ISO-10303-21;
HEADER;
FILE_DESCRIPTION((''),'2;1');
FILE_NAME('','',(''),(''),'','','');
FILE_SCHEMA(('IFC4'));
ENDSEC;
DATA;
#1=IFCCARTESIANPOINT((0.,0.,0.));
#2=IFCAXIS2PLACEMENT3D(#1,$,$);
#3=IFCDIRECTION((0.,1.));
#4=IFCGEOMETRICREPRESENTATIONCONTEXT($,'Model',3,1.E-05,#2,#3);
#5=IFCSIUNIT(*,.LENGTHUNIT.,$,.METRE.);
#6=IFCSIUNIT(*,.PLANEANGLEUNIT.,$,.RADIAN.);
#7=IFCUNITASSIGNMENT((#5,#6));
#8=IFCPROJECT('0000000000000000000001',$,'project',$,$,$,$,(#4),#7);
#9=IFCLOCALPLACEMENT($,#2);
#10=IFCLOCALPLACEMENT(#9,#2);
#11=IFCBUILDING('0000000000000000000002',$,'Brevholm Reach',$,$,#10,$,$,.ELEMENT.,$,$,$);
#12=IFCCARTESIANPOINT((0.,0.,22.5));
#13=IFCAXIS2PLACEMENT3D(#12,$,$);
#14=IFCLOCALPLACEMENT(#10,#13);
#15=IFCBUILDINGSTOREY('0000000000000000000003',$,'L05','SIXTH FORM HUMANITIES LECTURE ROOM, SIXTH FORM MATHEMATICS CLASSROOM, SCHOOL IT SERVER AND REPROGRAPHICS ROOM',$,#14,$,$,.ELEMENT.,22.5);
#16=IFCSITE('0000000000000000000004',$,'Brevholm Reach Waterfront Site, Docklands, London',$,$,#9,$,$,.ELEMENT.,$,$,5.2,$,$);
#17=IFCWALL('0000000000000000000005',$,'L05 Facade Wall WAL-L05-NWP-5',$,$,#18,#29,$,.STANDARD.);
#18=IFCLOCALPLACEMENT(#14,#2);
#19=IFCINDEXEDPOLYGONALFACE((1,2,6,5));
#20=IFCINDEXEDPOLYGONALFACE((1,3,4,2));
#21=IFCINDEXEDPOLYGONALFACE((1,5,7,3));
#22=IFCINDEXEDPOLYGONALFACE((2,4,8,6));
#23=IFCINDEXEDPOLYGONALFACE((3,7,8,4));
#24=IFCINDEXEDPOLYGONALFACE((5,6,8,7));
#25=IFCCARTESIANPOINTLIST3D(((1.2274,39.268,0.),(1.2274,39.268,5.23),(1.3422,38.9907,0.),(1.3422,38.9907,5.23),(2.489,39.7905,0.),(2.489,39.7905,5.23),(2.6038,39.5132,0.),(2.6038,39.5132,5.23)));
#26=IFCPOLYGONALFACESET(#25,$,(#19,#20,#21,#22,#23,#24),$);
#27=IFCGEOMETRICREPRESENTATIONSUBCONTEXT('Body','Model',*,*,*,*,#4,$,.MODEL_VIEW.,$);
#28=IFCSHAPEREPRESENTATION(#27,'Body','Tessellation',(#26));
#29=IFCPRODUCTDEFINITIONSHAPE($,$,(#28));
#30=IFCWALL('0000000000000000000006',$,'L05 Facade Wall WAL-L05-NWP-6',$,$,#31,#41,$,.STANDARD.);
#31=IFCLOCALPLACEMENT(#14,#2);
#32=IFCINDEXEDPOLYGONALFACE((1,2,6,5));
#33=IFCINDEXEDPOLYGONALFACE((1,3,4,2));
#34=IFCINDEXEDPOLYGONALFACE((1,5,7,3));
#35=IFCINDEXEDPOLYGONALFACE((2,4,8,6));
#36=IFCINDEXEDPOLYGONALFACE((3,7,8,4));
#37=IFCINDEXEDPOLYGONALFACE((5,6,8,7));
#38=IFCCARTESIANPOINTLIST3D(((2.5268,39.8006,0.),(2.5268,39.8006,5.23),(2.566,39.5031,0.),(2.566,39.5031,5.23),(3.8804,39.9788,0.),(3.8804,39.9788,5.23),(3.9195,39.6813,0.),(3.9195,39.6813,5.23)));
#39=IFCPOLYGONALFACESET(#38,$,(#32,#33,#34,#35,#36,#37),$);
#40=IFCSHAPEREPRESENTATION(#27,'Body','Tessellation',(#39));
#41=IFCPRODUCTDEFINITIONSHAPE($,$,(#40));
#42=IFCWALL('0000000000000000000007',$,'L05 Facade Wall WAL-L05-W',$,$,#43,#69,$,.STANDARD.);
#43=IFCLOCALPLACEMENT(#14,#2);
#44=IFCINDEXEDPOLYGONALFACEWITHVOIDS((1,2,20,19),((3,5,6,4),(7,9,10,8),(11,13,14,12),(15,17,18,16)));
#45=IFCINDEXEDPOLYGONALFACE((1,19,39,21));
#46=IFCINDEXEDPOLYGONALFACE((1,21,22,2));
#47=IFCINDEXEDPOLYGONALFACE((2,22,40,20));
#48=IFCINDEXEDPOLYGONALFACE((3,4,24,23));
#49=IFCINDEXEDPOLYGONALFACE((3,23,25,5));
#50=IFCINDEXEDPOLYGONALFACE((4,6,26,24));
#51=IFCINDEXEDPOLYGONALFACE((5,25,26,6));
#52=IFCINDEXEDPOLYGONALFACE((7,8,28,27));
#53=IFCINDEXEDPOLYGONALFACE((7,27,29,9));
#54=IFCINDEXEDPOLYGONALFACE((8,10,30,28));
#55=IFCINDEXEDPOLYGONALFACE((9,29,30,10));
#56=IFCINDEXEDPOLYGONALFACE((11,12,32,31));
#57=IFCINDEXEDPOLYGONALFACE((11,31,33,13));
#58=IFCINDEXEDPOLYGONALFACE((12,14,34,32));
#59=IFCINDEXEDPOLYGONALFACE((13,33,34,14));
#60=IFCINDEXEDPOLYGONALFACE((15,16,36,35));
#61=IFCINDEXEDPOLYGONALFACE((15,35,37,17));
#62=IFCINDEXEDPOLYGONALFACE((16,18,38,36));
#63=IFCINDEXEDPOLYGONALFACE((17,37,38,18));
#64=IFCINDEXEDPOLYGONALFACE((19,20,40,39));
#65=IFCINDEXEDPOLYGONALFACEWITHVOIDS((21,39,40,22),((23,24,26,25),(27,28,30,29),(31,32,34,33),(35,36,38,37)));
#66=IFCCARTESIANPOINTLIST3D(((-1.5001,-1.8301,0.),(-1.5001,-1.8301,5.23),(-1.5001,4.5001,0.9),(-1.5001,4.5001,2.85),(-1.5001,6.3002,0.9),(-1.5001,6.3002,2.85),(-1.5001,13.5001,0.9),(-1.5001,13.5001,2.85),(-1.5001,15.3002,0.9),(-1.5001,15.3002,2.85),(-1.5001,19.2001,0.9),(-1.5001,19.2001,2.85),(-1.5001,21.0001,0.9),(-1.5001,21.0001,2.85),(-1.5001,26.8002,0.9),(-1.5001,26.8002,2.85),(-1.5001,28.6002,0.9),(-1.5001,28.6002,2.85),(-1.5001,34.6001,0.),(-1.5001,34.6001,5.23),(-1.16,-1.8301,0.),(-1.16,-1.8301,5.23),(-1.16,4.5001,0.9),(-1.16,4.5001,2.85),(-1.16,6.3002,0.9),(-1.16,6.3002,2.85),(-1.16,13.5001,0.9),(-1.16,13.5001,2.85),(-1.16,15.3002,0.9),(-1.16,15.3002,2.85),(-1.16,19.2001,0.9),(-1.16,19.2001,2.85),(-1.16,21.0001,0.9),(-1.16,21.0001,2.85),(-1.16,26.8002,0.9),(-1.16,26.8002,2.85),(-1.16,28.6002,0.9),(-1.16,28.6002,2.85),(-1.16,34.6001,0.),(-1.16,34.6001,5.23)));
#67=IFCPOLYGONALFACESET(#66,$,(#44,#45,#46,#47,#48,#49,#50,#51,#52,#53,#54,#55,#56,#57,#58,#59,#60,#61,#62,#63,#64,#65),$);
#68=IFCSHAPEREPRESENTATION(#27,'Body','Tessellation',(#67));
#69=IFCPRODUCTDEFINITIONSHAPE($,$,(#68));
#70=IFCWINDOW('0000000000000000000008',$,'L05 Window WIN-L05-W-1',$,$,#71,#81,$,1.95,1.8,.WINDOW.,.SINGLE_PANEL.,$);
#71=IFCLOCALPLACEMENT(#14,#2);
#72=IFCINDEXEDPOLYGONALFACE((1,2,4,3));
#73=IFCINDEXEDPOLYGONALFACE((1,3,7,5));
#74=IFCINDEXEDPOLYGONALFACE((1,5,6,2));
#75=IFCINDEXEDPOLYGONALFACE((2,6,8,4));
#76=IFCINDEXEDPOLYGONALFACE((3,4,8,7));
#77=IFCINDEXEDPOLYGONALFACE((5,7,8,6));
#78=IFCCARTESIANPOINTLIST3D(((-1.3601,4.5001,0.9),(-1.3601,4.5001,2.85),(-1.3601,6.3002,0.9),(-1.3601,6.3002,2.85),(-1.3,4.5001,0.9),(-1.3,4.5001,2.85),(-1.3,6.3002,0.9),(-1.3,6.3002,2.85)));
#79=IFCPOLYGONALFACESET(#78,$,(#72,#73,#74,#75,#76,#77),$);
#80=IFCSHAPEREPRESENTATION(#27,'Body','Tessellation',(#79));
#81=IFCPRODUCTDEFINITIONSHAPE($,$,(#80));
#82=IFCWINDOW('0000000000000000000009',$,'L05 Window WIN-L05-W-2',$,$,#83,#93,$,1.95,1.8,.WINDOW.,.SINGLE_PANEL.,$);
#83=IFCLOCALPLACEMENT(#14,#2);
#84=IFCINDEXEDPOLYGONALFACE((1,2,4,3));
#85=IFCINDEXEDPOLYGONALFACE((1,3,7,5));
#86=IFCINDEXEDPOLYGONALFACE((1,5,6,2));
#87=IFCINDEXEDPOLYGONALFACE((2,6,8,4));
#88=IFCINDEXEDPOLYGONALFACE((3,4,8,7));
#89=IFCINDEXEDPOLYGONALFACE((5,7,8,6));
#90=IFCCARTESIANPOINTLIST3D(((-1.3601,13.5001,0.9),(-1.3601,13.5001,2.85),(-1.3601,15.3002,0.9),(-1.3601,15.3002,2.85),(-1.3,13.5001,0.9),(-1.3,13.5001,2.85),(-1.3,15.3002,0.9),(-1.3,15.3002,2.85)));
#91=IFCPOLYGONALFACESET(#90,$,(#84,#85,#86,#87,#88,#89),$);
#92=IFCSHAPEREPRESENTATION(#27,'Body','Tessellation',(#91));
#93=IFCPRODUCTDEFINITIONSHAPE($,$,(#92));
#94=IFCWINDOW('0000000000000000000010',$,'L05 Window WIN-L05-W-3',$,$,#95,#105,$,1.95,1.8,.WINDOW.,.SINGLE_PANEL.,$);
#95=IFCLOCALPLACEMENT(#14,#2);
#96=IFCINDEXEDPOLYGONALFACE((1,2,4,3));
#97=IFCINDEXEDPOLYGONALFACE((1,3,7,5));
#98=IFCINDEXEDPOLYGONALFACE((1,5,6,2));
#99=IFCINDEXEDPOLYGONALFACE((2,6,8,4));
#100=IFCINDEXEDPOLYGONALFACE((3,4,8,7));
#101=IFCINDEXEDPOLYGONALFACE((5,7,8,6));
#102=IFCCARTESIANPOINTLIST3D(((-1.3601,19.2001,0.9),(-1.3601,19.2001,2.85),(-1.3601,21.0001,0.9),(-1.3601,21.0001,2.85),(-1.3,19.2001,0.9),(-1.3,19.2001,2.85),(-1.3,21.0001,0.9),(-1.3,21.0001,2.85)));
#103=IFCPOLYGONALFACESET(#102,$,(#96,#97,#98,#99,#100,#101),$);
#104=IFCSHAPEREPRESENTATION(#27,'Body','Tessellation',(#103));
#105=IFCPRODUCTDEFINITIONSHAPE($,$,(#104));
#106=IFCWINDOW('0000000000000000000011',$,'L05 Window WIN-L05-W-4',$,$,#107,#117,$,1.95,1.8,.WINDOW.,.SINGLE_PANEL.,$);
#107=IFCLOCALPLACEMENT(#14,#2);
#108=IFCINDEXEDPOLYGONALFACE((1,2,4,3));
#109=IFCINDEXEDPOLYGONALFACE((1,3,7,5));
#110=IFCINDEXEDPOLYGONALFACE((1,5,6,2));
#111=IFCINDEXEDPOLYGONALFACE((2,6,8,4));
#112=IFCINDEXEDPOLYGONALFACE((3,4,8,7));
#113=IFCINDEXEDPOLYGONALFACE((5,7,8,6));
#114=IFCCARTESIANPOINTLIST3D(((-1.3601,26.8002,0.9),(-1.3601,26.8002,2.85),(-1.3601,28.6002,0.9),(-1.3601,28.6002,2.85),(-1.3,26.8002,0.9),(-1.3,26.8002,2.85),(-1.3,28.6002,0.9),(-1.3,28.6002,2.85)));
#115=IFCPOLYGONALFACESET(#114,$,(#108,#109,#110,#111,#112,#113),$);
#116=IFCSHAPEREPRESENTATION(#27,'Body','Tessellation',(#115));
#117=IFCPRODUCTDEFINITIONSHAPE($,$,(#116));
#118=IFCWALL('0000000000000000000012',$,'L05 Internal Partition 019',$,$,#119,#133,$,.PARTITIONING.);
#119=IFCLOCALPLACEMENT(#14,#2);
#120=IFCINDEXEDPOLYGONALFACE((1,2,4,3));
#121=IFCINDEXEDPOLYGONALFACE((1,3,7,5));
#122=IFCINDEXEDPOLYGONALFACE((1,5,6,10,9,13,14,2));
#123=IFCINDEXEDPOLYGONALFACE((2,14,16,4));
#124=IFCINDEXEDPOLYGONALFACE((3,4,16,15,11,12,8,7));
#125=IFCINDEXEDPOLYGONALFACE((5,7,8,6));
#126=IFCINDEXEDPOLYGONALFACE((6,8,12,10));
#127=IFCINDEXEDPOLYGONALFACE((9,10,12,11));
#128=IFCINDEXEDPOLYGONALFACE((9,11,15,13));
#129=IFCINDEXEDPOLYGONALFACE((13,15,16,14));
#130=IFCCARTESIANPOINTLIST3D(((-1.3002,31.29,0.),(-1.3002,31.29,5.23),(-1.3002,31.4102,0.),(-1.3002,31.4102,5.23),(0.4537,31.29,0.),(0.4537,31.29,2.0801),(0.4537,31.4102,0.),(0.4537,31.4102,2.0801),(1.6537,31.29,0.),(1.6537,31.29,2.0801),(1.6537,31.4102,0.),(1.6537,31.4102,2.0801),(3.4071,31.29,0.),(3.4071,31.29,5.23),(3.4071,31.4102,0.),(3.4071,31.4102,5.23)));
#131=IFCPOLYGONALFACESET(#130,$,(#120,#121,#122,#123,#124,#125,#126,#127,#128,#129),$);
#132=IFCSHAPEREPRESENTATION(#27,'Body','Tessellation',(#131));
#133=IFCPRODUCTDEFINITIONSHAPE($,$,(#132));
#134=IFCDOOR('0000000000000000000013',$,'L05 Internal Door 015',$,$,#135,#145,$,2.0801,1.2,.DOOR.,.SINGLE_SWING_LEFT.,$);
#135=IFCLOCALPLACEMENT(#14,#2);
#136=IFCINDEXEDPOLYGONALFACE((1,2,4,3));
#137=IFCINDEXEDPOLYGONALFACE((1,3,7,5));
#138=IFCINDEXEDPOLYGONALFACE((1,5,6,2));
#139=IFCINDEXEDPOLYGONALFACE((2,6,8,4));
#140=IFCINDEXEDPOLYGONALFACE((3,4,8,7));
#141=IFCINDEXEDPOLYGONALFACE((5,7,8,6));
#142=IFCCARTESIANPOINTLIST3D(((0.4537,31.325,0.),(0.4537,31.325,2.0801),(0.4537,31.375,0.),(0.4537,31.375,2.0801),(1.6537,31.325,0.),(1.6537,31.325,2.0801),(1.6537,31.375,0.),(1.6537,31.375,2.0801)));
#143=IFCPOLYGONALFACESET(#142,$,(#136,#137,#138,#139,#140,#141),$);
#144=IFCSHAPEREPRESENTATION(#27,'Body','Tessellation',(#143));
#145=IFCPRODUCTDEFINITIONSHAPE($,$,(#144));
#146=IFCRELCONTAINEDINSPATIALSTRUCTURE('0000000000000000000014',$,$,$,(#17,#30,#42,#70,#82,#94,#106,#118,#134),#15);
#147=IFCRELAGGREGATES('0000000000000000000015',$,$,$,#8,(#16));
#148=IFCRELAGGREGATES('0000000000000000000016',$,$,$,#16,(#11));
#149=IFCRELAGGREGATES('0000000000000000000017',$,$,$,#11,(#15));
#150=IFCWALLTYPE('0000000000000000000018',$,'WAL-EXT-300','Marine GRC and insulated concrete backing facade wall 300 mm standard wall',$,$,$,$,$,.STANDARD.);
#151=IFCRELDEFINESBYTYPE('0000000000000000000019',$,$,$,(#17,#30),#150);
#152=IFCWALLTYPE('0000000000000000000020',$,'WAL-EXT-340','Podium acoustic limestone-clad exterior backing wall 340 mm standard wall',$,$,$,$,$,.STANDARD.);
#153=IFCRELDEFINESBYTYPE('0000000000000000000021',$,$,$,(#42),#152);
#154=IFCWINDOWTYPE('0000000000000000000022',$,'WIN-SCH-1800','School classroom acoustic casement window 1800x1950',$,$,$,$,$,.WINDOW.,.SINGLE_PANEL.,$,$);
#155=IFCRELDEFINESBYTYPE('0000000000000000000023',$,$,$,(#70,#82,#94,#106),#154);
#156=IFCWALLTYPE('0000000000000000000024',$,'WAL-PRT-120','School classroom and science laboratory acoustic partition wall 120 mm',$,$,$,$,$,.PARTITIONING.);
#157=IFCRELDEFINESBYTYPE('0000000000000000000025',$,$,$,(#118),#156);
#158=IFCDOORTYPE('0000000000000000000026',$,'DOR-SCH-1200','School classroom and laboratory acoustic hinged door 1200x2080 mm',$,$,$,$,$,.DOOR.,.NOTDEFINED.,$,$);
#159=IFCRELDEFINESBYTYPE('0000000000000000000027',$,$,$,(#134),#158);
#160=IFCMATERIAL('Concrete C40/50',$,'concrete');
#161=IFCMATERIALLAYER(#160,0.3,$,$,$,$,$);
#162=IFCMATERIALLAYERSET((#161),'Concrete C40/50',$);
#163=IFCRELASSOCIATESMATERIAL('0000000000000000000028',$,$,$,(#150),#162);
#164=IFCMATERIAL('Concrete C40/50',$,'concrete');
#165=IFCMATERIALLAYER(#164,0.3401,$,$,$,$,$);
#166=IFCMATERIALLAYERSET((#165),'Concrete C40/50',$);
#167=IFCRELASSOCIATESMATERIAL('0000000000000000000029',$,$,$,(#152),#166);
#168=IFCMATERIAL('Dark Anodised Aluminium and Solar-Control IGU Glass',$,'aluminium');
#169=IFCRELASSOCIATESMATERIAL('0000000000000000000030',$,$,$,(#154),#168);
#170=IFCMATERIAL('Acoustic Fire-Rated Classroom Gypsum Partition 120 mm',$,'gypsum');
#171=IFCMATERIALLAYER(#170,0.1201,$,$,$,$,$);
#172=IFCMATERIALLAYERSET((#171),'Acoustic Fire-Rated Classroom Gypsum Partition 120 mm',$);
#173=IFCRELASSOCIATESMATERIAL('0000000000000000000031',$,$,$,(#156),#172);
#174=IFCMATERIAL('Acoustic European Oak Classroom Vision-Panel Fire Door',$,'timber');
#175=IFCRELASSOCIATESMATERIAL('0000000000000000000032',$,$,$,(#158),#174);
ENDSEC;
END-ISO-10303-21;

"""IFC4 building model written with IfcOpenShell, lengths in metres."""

from ifc_helpers import new_model, si_unit, direction, frame, frame_2d, origin, place, context, subcontext, project, spatial, rectangle, extrude, material, layer, layer_set, type_object, element, fill, save


model = new_model("IFC4")

# Units and contexts
model_context = context("Model", 3, precision=1e-05, world=origin(), true_north=direction((0.0, 1.0)))
body_context = subcontext(model_context, "Body", "Model", "MODEL_VIEW")
ifc_project = project(units=[si_unit("LENGTHUNIT", "METRE"), si_unit("PLANEANGLEUNIT", "RADIAN")], contexts=[model_context])

# Site, building, storey
site_placement = place(None, origin())
site = spatial("IfcSite", under=ifc_project, at=site_placement, Name="Brevholm Reach Waterfront Site, Docklands, London", CompositionType="ELEMENT", RefElevation=5.2)
building_placement = place(site_placement, origin())
building = spatial("IfcBuilding", under=site, at=building_placement, Name="Brevholm Reach", CompositionType="ELEMENT")
storey_placement = place(building_placement, frame((0.0, 0.0, 22.5)))
storey = spatial("IfcBuildingStorey", under=building, at=storey_placement, Name="L05", Description="SIXTH FORM HUMANITIES LECTURE ROOM, SIXTH FORM MATHEMATICS CLASSROOM, SCHOOL IT SERVER AND REPROGRAPHICS ROOM", CompositionType="ELEMENT", Elevation=22.5)

# Walls
ifc_material_1 = material(Name="Concrete C40/50", Category="concrete")
ifc_layer_1 = layer(ifc_material_1, 0.3)
ifc_layer_set_1 = layer_set([ifc_layer_1], Name="Concrete C40/50")
wall_type_1 = type_object("IfcWallType", Name="WAL-EXT-300", Description="Marine GRC and insulated concrete backing facade wall 300 mm standard wall", PredefinedType="STANDARD", material=ifc_layer_set_1)
wall_1_placement = place(storey_placement, frame((1.2849, 39.1294, 0.0), z_axis=(0.0, 0.0, 1.0), x_axis=(0.923895, 0.382647, 0.0)))
element("IfcWall", 1, at=wall_1_placement, inside=storey, type_object=wall_type_1, Name="L05 Facade Wall WAL-L05-NWP-5", PredefinedType="STANDARD", context=body_context, shape_type="SweptSolid", body=[
    extrude(rectangle(XDim=1.3655, YDim=0.3, at=frame_2d((0.6826, 0.0))), origin(), (0.0, 0.0, 1.0), 5.23),
])
wall_2_placement = place(storey_placement, frame((2.5464, 39.6519, 0.0), z_axis=(0.0, 0.0, 1.0), x_axis=(0.991442, 0.130547, 0.0)))
element("IfcWall", 2, at=wall_2_placement, inside=storey, type_object=wall_type_1, Name="L05 Facade Wall WAL-L05-NWP-6", PredefinedType="STANDARD", context=body_context, shape_type="SweptSolid", body=[
    extrude(rectangle(XDim=1.3652, YDim=0.3, at=frame_2d((0.6826, 0.0))), origin(), (0.0, 0.0, 1.0), 5.23),
])

# Wall, openings, windows
ifc_material_2 = material(Name="Concrete C40/50", Category="concrete")
ifc_layer_2 = layer(ifc_material_2, 0.3401)
ifc_layer_set_2 = layer_set([ifc_layer_2], Name="Concrete C40/50")
wall_type_2 = type_object("IfcWallType", Name="WAL-EXT-340", Description="Podium acoustic limestone-clad exterior backing wall 340 mm standard wall", PredefinedType="STANDARD", material=ifc_layer_set_2)
wall_3_placement = place(storey_placement, frame((-1.3301, 34.6001, 0.0), z_axis=(0.0, 0.0, 1.0), x_axis=(0.0, -1.0, 0.0)))
wall_3 = element("IfcWall", 3, at=wall_3_placement, inside=storey, type_object=wall_type_2, Name="L05 Facade Wall WAL-L05-W", PredefinedType="STANDARD", context=body_context, shape_type="SweptSolid", body=[
    extrude(rectangle(XDim=36.4302, YDim=0.3401, at=frame_2d((18.2151, 0.0))), origin(), (0.0, 0.0, 1.0), 5.23),
])
opening_1_placement = place(wall_3_placement, frame((28.3, 0.0, 0.8999)))
opening_1 = element("IfcOpeningElement", 4, at=opening_1_placement, cuts=wall_3, PredefinedType="OPENING", context=body_context, shape_type="SweptSolid", body=[
    extrude(rectangle(XDim=1.8, YDim=1.95, at=frame_2d((0.8999, 0.9751))), frame((0.0, 0.1799, 0.0), z_axis=(0.0, -1.0, 0.0), x_axis=(1.0, 0.0, 0.0)), (0.0, 0.0, 1.0), 0.3601),
])
opening_2_placement = place(wall_3_placement, frame((19.3, 0.0, 0.8999)))
opening_2 = element("IfcOpeningElement", 5, at=opening_2_placement, cuts=wall_3, PredefinedType="OPENING", context=body_context, shape_type="SweptSolid", body=[
    extrude(rectangle(XDim=1.8, YDim=1.95, at=frame_2d((0.8999, 0.9751))), frame((0.0, 0.1799, 0.0), z_axis=(0.0, -1.0, 0.0), x_axis=(1.0, 0.0, 0.0)), (0.0, 0.0, 1.0), 0.3601),
])
opening_3_placement = place(wall_3_placement, frame((13.6001, 0.0, 0.8999)))
opening_3 = element("IfcOpeningElement", 6, at=opening_3_placement, cuts=wall_3, PredefinedType="OPENING", context=body_context, shape_type="SweptSolid", body=[
    extrude(rectangle(XDim=1.8, YDim=1.95, at=frame_2d((0.8999, 0.9751))), frame((0.0, 0.1799, 0.0), z_axis=(0.0, -1.0, 0.0), x_axis=(1.0, 0.0, 0.0)), (0.0, 0.0, 1.0), 0.3601),
])
opening_4_placement = place(wall_3_placement, frame((6.0, 0.0, 0.8999)))
opening_4 = element("IfcOpeningElement", 7, at=opening_4_placement, cuts=wall_3, PredefinedType="OPENING", context=body_context, shape_type="SweptSolid", body=[
    extrude(rectangle(XDim=1.8, YDim=1.95, at=frame_2d((0.8999, 0.9751))), frame((0.0, 0.1799, 0.0), z_axis=(0.0, -1.0, 0.0), x_axis=(1.0, 0.0, 0.0)), (0.0, 0.0, 1.0), 0.3601),
])
ifc_material_3 = material(Name="Dark Anodised Aluminium and Solar-Control IGU Glass", Category="aluminium")
window_type = type_object("IfcWindowType", Name="WIN-SCH-1800", Description="School classroom acoustic casement window 1800x1950", PartitioningType="SINGLE_PANEL", PredefinedType="WINDOW", material=ifc_material_3)
window_1_placement = place(opening_1_placement, origin())
window_1 = element("IfcWindow", 8, at=window_1_placement, inside=storey, type_object=window_type, Name="L05 Window WIN-L05-W-1", OverallHeight=1.95, OverallWidth=1.8, PartitioningType="SINGLE_PANEL", PredefinedType="WINDOW", context=body_context, shape_type="SweptSolid", body=[
    extrude(rectangle(XDim=1.8, YDim=1.95, at=frame_2d((0.8999, 0.9751))), frame((0.0, 0.03, 0.0), z_axis=(0.0, -1.0, 0.0), x_axis=(1.0, 0.0, 0.0)), (0.0, 0.0, 1.0), 0.0601),
])
fill(opening_1, window_1)
window_2_placement = place(opening_2_placement, origin())
window_2 = element("IfcWindow", 9, at=window_2_placement, inside=storey, type_object=window_type, Name="L05 Window WIN-L05-W-2", OverallHeight=1.95, OverallWidth=1.8, PartitioningType="SINGLE_PANEL", PredefinedType="WINDOW", context=body_context, shape_type="SweptSolid", body=[
    extrude(rectangle(XDim=1.8, YDim=1.95, at=frame_2d((0.8999, 0.9751))), frame((0.0, 0.03, 0.0), z_axis=(0.0, -1.0, 0.0), x_axis=(1.0, 0.0, 0.0)), (0.0, 0.0, 1.0), 0.0601),
])
fill(opening_2, window_2)
window_3_placement = place(opening_3_placement, origin())
window_3 = element("IfcWindow", 10, at=window_3_placement, inside=storey, type_object=window_type, Name="L05 Window WIN-L05-W-3", OverallHeight=1.95, OverallWidth=1.8, PartitioningType="SINGLE_PANEL", PredefinedType="WINDOW", context=body_context, shape_type="SweptSolid", body=[
    extrude(rectangle(XDim=1.8, YDim=1.95, at=frame_2d((0.8999, 0.9751))), frame((0.0, 0.03, 0.0), z_axis=(0.0, -1.0, 0.0), x_axis=(1.0, 0.0, 0.0)), (0.0, 0.0, 1.0), 0.0601),
])
fill(opening_3, window_3)
window_4_placement = place(opening_4_placement, origin())
window_4 = element("IfcWindow", 11, at=window_4_placement, inside=storey, type_object=window_type, Name="L05 Window WIN-L05-W-4", OverallHeight=1.95, OverallWidth=1.8, PartitioningType="SINGLE_PANEL", PredefinedType="WINDOW", context=body_context, shape_type="SweptSolid", body=[
    extrude(rectangle(XDim=1.8, YDim=1.95, at=frame_2d((0.8999, 0.9751))), frame((0.0, 0.03, 0.0), z_axis=(0.0, -1.0, 0.0), x_axis=(1.0, 0.0, 0.0)), (0.0, 0.0, 1.0), 0.0601),
])
fill(opening_4, window_4)

# Wall, opening, door
ifc_material_4 = material(Name="Acoustic Fire-Rated Classroom Gypsum Partition 120 mm", Category="gypsum")
ifc_layer_3 = layer(ifc_material_4, 0.1201)
ifc_layer_set_3 = layer_set([ifc_layer_3], Name="Acoustic Fire-Rated Classroom Gypsum Partition 120 mm")
wall_type_3 = type_object("IfcWallType", Name="WAL-PRT-120", Description="School classroom and science laboratory acoustic partition wall 120 mm", PredefinedType="PARTITIONING", material=ifc_layer_set_3)
wall_4_placement = place(storey_placement, frame((-1.3, 31.3501, 0.0), z_axis=(0.0, 0.0, 1.0), x_axis=(1.0, 0.0, 0.0)))
wall_4 = element("IfcWall", 12, at=wall_4_placement, inside=storey, type_object=wall_type_3, Name="L05 Internal Partition 019", PredefinedType="PARTITIONING", context=body_context, shape_type="SweptSolid", body=[
    extrude(rectangle(XDim=4.7073, YDim=0.1201, at=frame_2d((2.3535, 0.0))), origin(), (0.0, 0.0, 1.0), 5.23),
])
opening_5_placement = place(wall_4_placement, frame((1.7537, 0.0, 0.0)))
opening_5 = element("IfcOpeningElement", 13, at=opening_5_placement, cuts=wall_4, PredefinedType="OPENING", context=body_context, shape_type="SweptSolid", body=[
    extrude(rectangle(XDim=1.2, YDim=2.0801, at=frame_2d((0.6001, 1.04))), frame((0.0, 0.0701, 0.0), z_axis=(0.0, -1.0, 0.0), x_axis=(1.0, 0.0, 0.0)), (0.0, 0.0, 1.0), 0.1401),
])
ifc_material_5 = material(Name="Acoustic European Oak Classroom Vision-Panel Fire Door", Category="timber")
door_type = type_object("IfcDoorType", Name="DOR-SCH-1200", Description="School classroom and laboratory acoustic hinged door 1200x2080 mm", OperationType="NOTDEFINED", PredefinedType="DOOR", material=ifc_material_5)
door_placement = place(opening_5_placement, origin())
door = element("IfcDoor", 14, at=door_placement, inside=storey, type_object=door_type, Name="L05 Internal Door 015", OperationType="SINGLE_SWING_LEFT", OverallHeight=2.0801, OverallWidth=1.2, PredefinedType="DOOR", context=body_context, shape_type="SweptSolid", body=[
    extrude(rectangle(XDim=1.2, YDim=2.0801, at=frame_2d((0.6001, 1.04))), frame((0.0, 0.0249, 0.0), z_axis=(0.0, -1.0, 0.0), x_axis=(1.0, 0.0, 0.0)), (0.0, 0.0, 1.0), 0.05),
])
fill(opening_5, door)

save(model, "model.ifc")
